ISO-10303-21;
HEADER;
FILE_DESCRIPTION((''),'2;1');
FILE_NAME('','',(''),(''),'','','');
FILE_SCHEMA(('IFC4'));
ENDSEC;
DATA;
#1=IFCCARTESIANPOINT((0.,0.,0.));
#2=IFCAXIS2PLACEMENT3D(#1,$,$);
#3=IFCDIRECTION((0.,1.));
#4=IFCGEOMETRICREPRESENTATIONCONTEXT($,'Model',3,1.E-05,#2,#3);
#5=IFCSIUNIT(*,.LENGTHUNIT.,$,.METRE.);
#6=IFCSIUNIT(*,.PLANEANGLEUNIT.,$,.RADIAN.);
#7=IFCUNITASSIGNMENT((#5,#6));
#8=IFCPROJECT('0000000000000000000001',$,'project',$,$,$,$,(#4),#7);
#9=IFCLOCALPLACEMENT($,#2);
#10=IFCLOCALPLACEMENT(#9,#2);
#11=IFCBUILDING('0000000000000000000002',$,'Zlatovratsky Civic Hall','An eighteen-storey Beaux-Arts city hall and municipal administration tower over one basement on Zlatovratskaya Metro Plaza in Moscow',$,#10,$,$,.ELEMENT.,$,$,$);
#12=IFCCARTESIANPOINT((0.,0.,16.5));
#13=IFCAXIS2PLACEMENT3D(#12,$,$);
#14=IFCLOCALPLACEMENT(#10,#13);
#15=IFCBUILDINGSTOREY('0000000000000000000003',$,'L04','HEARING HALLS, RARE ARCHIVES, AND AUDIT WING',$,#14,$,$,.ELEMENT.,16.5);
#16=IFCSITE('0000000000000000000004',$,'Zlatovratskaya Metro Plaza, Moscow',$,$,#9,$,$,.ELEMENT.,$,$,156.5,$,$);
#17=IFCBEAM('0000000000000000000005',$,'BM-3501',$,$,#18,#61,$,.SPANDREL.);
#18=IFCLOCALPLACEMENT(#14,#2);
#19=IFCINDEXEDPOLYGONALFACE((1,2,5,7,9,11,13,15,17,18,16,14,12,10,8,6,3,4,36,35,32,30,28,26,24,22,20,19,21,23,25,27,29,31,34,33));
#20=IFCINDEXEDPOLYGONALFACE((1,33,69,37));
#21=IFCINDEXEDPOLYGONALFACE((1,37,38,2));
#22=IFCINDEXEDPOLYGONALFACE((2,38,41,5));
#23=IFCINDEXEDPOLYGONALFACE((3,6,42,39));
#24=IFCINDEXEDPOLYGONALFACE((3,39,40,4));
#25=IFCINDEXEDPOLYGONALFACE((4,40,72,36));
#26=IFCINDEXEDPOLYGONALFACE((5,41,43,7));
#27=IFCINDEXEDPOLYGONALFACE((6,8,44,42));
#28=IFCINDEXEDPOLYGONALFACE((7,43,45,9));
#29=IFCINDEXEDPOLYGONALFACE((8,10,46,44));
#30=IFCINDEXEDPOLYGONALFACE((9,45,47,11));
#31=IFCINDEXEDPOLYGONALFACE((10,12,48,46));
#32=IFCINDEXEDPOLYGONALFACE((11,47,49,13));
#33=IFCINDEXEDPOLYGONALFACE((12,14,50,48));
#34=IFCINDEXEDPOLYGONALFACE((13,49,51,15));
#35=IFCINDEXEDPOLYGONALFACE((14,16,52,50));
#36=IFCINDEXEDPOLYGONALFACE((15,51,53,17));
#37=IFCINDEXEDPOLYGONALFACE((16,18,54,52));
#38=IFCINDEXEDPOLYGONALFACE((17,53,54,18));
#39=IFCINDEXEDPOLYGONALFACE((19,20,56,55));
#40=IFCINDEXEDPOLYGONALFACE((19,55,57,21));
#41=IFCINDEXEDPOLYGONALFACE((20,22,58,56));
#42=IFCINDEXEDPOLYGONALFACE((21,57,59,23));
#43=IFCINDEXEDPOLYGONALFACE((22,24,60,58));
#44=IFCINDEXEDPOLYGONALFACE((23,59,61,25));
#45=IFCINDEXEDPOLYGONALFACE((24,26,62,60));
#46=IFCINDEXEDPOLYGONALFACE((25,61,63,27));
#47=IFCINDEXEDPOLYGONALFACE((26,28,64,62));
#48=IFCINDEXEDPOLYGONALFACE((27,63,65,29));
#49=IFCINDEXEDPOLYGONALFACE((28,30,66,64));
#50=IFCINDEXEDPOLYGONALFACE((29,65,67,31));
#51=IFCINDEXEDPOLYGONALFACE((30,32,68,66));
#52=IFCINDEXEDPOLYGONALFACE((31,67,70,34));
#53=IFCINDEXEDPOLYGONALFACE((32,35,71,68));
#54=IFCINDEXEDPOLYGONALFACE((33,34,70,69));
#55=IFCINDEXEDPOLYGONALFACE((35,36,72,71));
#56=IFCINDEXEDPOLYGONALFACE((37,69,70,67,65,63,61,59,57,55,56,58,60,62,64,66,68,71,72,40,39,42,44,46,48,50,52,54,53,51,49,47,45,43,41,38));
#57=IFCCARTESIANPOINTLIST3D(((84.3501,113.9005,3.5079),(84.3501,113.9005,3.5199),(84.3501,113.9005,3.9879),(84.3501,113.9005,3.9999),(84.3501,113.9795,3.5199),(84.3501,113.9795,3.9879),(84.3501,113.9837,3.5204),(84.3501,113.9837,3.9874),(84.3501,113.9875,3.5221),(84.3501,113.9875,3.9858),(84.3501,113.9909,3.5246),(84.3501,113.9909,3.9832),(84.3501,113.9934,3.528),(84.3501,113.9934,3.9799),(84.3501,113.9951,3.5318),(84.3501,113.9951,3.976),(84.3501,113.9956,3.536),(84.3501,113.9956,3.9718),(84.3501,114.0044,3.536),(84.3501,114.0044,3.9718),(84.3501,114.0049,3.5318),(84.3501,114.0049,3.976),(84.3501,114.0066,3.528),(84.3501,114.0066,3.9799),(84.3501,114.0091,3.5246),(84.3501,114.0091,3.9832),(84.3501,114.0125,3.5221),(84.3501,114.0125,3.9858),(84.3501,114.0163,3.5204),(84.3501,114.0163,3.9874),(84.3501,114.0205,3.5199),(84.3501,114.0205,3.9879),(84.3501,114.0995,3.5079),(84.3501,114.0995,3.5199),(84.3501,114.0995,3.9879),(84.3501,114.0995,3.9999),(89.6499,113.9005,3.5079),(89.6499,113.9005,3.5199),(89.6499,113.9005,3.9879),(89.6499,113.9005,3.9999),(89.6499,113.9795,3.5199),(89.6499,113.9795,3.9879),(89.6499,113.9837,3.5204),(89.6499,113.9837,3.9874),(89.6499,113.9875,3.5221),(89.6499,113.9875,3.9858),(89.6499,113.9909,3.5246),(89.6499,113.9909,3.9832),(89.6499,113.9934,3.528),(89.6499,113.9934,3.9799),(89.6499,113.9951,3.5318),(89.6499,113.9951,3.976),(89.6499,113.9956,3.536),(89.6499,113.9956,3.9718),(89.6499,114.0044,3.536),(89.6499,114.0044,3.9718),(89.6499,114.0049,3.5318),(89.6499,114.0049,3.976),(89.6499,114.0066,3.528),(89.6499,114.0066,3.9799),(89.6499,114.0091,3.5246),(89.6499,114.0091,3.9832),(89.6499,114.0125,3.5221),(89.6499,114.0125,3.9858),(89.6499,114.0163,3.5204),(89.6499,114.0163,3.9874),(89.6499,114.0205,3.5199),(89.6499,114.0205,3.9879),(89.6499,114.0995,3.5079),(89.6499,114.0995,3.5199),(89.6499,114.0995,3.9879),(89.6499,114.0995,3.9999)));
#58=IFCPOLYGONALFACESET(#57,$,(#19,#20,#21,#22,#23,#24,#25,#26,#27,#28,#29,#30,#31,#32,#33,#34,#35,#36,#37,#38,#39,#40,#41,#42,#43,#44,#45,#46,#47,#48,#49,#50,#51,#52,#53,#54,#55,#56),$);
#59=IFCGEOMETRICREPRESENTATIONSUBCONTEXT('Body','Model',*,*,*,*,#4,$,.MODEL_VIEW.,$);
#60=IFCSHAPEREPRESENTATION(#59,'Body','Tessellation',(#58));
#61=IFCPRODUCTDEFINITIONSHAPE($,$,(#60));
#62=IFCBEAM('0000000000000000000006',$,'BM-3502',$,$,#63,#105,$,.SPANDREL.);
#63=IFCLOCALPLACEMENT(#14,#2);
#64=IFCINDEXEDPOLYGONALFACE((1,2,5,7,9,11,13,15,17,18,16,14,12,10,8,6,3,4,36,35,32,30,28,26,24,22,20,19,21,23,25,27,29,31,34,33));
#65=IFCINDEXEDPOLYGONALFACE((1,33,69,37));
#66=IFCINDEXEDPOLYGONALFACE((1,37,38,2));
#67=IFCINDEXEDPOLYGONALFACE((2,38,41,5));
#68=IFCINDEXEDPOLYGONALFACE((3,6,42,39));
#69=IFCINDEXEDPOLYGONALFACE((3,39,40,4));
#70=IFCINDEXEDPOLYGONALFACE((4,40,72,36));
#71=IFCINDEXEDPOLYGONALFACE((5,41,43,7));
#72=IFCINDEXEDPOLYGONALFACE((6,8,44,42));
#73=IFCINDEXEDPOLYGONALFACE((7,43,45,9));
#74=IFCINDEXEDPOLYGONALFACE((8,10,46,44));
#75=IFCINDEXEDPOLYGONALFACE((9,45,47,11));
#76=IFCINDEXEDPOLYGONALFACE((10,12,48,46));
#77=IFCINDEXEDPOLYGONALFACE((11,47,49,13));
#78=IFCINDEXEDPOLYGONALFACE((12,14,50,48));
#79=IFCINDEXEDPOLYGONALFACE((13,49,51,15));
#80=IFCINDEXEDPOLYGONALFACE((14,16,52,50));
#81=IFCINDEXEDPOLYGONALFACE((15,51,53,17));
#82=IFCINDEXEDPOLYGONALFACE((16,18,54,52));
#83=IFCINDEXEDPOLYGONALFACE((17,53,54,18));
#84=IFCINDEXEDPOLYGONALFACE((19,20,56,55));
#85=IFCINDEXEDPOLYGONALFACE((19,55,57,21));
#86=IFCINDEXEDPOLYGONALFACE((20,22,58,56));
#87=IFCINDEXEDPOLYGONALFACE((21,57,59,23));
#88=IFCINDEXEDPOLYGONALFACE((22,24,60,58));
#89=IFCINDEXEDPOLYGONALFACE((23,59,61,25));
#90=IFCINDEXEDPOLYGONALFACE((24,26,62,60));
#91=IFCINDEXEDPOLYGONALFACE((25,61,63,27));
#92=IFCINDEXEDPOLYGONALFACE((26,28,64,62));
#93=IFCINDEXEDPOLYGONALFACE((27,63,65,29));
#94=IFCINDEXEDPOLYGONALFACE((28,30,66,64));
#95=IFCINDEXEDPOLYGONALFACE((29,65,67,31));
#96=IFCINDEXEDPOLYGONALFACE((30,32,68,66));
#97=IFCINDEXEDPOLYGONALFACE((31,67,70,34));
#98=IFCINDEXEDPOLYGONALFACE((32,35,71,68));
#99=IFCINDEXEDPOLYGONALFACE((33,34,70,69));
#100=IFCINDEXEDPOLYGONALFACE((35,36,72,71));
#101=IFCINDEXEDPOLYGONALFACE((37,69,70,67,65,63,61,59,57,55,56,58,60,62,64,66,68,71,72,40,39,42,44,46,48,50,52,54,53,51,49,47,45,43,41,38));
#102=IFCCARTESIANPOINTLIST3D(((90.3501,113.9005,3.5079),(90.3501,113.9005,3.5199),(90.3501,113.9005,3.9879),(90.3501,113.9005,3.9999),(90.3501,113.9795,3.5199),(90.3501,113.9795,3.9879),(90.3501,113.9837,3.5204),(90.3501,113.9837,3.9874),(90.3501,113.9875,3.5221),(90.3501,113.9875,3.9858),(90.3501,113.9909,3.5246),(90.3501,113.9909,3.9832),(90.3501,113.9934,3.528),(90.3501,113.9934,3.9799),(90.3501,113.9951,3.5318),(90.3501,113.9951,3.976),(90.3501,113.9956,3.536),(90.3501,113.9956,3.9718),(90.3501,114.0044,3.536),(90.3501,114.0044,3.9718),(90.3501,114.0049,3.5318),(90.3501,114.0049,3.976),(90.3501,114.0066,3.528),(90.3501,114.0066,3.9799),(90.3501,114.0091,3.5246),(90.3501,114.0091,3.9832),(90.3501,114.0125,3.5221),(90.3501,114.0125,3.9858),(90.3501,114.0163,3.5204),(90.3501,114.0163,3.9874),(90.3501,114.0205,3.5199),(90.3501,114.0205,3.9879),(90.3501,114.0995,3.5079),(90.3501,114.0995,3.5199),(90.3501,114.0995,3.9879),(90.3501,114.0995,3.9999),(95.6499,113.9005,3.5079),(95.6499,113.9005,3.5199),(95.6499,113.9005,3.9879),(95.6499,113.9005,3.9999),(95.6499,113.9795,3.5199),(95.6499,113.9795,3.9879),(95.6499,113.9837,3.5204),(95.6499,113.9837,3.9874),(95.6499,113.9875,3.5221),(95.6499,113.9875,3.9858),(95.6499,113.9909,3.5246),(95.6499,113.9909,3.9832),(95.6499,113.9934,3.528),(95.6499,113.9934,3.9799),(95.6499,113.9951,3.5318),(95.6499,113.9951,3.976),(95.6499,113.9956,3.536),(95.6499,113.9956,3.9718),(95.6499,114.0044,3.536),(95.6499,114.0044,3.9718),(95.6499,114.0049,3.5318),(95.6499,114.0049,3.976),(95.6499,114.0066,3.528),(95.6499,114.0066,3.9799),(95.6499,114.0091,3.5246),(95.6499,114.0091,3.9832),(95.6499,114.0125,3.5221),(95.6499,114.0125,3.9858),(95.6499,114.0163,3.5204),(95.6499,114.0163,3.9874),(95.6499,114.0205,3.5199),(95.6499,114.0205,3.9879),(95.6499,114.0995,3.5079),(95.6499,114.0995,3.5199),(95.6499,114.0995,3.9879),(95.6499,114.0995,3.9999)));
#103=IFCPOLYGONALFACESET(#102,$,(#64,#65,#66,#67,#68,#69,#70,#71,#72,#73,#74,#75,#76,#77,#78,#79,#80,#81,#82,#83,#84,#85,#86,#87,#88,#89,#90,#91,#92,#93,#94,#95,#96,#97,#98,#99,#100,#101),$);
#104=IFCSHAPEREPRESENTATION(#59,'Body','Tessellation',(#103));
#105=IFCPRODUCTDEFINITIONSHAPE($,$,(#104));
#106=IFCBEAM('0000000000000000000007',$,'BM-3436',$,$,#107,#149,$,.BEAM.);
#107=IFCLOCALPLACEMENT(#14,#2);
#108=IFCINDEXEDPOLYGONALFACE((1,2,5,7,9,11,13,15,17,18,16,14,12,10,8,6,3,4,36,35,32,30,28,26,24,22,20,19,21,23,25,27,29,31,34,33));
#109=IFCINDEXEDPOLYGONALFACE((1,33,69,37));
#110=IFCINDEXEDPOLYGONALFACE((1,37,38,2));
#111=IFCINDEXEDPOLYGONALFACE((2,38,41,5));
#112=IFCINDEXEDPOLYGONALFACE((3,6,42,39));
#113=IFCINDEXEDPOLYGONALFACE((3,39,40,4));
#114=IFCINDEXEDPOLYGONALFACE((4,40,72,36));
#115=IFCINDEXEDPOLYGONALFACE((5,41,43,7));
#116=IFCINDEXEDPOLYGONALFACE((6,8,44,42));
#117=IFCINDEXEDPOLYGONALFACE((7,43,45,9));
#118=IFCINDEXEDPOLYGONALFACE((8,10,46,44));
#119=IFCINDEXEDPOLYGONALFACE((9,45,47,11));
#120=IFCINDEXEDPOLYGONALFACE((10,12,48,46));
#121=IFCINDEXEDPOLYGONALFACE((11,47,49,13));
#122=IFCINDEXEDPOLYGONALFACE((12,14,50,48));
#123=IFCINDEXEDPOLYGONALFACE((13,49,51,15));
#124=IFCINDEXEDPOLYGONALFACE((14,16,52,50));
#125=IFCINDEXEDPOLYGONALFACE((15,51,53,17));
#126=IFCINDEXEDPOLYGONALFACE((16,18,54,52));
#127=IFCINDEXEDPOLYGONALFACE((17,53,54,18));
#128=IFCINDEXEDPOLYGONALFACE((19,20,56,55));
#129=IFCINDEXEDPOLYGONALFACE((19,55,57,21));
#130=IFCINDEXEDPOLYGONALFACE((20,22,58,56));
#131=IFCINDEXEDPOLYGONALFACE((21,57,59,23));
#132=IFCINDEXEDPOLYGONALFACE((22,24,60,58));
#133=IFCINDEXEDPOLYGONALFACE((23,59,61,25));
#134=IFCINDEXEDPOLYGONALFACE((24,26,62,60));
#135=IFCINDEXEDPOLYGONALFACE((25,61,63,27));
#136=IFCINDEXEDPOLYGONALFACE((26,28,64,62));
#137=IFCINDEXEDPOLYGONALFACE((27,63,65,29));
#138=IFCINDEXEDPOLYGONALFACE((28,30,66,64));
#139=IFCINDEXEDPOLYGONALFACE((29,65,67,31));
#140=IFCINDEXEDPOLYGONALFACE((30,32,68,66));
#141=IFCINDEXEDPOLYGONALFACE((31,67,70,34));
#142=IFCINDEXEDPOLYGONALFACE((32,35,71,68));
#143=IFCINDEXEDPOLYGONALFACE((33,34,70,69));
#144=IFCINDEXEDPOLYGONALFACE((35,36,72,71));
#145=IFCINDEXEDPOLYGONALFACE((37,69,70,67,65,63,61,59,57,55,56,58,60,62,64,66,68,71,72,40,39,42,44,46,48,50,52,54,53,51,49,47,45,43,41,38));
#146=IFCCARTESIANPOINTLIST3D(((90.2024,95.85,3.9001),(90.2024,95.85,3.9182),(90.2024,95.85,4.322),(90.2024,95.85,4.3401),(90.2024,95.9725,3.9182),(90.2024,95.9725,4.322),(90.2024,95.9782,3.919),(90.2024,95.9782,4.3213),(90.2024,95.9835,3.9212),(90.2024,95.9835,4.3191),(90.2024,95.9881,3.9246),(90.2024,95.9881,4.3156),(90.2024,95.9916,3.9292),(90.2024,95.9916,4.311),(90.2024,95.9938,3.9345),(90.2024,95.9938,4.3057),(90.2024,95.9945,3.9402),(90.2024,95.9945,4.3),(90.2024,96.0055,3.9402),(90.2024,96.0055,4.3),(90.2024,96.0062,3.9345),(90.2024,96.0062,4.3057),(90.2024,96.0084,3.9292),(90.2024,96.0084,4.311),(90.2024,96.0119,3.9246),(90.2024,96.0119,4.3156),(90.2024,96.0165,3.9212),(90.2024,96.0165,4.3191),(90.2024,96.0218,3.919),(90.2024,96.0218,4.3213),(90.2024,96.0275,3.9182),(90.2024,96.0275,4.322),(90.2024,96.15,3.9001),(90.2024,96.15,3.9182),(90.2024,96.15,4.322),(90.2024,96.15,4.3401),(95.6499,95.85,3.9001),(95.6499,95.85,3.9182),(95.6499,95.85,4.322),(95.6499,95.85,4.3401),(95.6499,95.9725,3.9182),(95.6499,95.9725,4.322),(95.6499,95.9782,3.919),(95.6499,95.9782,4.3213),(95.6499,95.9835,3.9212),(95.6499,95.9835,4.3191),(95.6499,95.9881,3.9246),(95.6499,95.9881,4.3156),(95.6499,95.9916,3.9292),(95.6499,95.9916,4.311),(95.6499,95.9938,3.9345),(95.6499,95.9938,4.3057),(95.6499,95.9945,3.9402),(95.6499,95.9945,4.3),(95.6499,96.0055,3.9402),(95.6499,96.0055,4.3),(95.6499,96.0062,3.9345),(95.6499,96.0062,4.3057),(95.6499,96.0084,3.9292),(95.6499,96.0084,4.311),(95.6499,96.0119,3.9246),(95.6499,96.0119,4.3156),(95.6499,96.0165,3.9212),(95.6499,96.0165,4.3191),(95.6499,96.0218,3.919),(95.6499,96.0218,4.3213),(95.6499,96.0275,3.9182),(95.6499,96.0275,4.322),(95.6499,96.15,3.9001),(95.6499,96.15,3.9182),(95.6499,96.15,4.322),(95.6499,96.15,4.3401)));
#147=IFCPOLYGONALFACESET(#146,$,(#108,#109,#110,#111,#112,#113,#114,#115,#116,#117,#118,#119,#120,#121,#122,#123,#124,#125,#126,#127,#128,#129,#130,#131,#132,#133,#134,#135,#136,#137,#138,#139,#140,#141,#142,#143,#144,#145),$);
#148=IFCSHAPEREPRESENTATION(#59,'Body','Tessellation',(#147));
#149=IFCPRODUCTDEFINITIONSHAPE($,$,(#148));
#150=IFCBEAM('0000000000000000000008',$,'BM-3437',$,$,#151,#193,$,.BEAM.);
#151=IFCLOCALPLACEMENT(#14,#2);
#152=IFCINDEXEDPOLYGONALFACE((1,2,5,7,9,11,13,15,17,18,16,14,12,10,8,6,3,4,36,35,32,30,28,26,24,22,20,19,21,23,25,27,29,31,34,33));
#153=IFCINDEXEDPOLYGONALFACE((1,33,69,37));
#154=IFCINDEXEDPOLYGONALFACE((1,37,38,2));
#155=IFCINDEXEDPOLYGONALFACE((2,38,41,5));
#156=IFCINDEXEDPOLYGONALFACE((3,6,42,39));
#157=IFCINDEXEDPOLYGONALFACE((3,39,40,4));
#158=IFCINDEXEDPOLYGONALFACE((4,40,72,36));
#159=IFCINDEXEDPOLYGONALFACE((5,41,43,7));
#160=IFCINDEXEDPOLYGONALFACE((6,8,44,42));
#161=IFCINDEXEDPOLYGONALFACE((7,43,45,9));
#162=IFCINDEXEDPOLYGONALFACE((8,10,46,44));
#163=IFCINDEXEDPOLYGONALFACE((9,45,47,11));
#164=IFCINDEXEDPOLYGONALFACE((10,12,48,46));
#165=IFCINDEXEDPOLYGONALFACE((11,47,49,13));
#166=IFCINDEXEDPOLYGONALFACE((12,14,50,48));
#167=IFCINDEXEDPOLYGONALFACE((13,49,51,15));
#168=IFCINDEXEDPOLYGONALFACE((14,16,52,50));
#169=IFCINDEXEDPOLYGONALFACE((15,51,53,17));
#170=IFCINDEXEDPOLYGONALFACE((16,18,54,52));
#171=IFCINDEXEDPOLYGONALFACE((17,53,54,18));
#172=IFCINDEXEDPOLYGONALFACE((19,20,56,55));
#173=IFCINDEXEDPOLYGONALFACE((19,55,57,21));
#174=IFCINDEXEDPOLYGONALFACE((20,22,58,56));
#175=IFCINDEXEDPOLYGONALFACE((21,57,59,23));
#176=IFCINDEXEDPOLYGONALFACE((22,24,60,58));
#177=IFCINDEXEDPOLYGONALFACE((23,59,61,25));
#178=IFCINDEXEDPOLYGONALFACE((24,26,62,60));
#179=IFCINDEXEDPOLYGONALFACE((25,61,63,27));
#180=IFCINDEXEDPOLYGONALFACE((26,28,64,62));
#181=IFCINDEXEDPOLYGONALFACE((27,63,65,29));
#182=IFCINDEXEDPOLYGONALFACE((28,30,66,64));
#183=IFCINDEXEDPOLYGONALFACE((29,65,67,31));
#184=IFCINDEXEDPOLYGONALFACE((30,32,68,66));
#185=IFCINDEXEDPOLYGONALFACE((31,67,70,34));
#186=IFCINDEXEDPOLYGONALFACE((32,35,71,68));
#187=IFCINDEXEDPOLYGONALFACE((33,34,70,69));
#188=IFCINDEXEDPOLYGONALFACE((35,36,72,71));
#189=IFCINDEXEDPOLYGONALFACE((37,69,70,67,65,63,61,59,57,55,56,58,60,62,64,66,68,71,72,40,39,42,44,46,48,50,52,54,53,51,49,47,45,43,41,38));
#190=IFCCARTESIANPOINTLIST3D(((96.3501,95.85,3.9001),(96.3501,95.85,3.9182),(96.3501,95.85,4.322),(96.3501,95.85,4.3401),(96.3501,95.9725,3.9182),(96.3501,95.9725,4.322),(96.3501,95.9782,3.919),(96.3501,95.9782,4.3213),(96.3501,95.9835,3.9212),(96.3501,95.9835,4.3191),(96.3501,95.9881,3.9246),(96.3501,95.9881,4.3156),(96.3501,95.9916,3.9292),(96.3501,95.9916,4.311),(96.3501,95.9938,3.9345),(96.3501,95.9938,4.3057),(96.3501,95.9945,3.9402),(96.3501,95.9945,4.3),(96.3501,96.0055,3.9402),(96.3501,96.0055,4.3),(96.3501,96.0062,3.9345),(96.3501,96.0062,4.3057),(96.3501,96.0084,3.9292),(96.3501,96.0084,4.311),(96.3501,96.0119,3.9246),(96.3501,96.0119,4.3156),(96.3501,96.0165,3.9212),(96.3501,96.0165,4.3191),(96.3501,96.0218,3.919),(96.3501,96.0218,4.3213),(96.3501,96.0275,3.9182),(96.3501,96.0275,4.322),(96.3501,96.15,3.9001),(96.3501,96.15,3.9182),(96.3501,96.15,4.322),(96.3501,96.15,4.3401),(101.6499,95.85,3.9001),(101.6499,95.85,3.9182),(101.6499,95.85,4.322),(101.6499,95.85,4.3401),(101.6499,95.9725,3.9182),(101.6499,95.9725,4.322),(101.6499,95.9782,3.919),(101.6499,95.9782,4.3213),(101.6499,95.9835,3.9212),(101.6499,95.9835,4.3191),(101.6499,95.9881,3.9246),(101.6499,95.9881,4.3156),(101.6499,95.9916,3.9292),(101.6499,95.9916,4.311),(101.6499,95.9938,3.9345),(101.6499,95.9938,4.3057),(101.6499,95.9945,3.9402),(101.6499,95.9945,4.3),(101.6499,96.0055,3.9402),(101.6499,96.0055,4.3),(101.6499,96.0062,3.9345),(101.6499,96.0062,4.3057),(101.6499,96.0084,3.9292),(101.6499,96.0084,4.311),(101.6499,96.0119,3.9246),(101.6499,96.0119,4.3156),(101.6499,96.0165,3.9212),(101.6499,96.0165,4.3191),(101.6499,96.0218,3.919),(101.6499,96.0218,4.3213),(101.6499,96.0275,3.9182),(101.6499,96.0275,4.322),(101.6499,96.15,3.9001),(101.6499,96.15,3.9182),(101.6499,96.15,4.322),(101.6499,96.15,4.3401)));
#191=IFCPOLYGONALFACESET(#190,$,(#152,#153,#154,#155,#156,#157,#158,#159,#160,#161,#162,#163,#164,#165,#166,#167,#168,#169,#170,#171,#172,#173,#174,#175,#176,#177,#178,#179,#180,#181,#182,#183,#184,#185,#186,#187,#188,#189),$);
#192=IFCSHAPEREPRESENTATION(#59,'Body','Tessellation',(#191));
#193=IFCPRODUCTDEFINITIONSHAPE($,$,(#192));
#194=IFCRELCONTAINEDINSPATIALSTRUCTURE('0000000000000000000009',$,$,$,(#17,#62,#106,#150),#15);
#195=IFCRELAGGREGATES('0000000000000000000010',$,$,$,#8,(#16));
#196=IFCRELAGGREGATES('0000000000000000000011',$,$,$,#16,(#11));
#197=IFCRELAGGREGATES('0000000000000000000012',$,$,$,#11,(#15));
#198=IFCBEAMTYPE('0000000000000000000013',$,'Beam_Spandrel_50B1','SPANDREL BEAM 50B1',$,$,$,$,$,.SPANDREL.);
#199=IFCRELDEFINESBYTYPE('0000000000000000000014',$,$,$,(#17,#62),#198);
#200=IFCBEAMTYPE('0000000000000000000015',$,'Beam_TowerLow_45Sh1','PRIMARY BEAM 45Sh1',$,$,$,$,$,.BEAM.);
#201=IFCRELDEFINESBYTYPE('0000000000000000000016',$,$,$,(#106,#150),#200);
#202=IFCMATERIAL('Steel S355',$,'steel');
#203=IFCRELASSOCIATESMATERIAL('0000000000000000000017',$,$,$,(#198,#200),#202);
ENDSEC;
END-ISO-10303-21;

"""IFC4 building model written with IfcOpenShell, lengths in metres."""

from ifc_helpers import new_model, si_unit, direction, frame, origin, origin_2d, place, context, subcontext, project, spatial, i_section, extrude, material, material_profile, profile_set, type_object, element, save


model = new_model("IFC4")

# Units and contexts
model_context = context("Model", 3, precision=1e-05, world=origin(), true_north=direction((0.0, 1.0)))
body_context = subcontext(model_context, "Body", "Model", "MODEL_VIEW")
ifc_project = project(units=[si_unit("LENGTHUNIT", "METRE"), si_unit("PLANEANGLEUNIT", "RADIAN")], contexts=[model_context])

# Site, building, storey
site_placement = place(None, origin())
site = spatial("IfcSite", under=ifc_project, at=site_placement, Name="Zlatovratskaya Metro Plaza, Moscow", CompositionType="ELEMENT", RefElevation=156.5)
building_placement = place(site_placement, origin())
building = spatial("IfcBuilding", under=site, at=building_placement, Name="Zlatovratsky Civic Hall", Description="An eighteen-storey Beaux-Arts city hall and municipal administration tower over one basement on Zlatovratskaya Metro Plaza in Moscow", CompositionType="ELEMENT")
storey_placement = place(building_placement, frame((0.0, 0.0, 16.5)))
storey = spatial("IfcBuildingStorey", under=building, at=storey_placement, Name="L04", Description="HEARING HALLS, RARE ARCHIVES, AND AUDIT WING", CompositionType="ELEMENT", Elevation=16.5)

# Shared definitions
ifc_material_1 = material(Name="Steel S355", Category="steel")

# Beams
ifc_material_profile_1 = material_profile(ifc_material_1, i_section(OverallWidth=0.199, OverallDepth=0.4919, WebThickness=0.0088, FlangeThickness=0.012, FilletRadius=0.0161, at=origin_2d()), Name="50B1")
ifc_profile_set_1 = profile_set([ifc_material_profile_1], Name="Steel S355")
beam_type_1 = type_object("IfcBeamType", Name="Beam_Spandrel_50B1", Description="SPANDREL BEAM 50B1", PredefinedType="SPANDREL", material=ifc_profile_set_1)
for number, where, z_axis, x_axis, name in (
    (1, (84.3501, 114.0, 3.7539), (1.0, 0.0, 0.0), (0.0, 1.0, 0.0), "BM-3501"),
    (2, (90.3501, 114.0, 3.7539), (1.0, 0.0, 0.0), (0.0, 1.0, 0.0), "BM-3502"),
):
    element("IfcBeam", number, at=place(storey_placement, frame(where, z_axis=z_axis, x_axis=x_axis)), inside=storey, type_object=beam_type_1, Name=name, PredefinedType="SPANDREL", context=body_context, shape_type="SweptSolid", body=[
        extrude(i_section(OverallWidth=0.199, OverallDepth=0.4919, WebThickness=0.0088, FlangeThickness=0.012, FilletRadius=0.0161, at=origin_2d()), origin(), (0.0, 0.0, 1.0), 5.2998),
    ])
ifc_material_profile_2 = material_profile(ifc_material_1, i_section(OverallWidth=0.3, OverallDepth=0.4399, WebThickness=0.011, FlangeThickness=0.0181, FilletRadius=0.022, at=origin_2d()), Name="45Sh1")
ifc_profile_set_2 = profile_set([ifc_material_profile_2], Name="Steel S355")
beam_type_2 = type_object("IfcBeamType", Name="Beam_TowerLow_45Sh1", Description="PRIMARY BEAM 45Sh1", PredefinedType="BEAM", material=ifc_profile_set_2)
beam_1_placement = place(storey_placement, frame((90.2024, 96.0, 4.1201), z_axis=(1.0, 0.0, 0.0), x_axis=(0.0, 1.0, 0.0)))
element("IfcBeam", 3, at=beam_1_placement, inside=storey, type_object=beam_type_2, Name="BM-3436", PredefinedType="BEAM", context=body_context, shape_type="SweptSolid", body=[
    extrude(i_section(OverallWidth=0.3, OverallDepth=0.4399, WebThickness=0.011, FlangeThickness=0.0181, FilletRadius=0.022, at=origin_2d()), origin(), (0.0, 0.0, 1.0), 5.4475),
])
beam_2_placement = place(storey_placement, frame((96.3501, 96.0, 4.1201), z_axis=(1.0, 0.0, 0.0), x_axis=(0.0, 1.0, 0.0)))
element("IfcBeam", 4, at=beam_2_placement, inside=storey, type_object=beam_type_2, Name="BM-3437", PredefinedType="BEAM", context=body_context, shape_type="SweptSolid", body=[
    extrude(i_section(OverallWidth=0.3, OverallDepth=0.4399, WebThickness=0.011, FlangeThickness=0.0181, FilletRadius=0.022, at=origin_2d()), origin(), (0.0, 0.0, 1.0), 5.2998),
])

save(model, "model.ifc")
